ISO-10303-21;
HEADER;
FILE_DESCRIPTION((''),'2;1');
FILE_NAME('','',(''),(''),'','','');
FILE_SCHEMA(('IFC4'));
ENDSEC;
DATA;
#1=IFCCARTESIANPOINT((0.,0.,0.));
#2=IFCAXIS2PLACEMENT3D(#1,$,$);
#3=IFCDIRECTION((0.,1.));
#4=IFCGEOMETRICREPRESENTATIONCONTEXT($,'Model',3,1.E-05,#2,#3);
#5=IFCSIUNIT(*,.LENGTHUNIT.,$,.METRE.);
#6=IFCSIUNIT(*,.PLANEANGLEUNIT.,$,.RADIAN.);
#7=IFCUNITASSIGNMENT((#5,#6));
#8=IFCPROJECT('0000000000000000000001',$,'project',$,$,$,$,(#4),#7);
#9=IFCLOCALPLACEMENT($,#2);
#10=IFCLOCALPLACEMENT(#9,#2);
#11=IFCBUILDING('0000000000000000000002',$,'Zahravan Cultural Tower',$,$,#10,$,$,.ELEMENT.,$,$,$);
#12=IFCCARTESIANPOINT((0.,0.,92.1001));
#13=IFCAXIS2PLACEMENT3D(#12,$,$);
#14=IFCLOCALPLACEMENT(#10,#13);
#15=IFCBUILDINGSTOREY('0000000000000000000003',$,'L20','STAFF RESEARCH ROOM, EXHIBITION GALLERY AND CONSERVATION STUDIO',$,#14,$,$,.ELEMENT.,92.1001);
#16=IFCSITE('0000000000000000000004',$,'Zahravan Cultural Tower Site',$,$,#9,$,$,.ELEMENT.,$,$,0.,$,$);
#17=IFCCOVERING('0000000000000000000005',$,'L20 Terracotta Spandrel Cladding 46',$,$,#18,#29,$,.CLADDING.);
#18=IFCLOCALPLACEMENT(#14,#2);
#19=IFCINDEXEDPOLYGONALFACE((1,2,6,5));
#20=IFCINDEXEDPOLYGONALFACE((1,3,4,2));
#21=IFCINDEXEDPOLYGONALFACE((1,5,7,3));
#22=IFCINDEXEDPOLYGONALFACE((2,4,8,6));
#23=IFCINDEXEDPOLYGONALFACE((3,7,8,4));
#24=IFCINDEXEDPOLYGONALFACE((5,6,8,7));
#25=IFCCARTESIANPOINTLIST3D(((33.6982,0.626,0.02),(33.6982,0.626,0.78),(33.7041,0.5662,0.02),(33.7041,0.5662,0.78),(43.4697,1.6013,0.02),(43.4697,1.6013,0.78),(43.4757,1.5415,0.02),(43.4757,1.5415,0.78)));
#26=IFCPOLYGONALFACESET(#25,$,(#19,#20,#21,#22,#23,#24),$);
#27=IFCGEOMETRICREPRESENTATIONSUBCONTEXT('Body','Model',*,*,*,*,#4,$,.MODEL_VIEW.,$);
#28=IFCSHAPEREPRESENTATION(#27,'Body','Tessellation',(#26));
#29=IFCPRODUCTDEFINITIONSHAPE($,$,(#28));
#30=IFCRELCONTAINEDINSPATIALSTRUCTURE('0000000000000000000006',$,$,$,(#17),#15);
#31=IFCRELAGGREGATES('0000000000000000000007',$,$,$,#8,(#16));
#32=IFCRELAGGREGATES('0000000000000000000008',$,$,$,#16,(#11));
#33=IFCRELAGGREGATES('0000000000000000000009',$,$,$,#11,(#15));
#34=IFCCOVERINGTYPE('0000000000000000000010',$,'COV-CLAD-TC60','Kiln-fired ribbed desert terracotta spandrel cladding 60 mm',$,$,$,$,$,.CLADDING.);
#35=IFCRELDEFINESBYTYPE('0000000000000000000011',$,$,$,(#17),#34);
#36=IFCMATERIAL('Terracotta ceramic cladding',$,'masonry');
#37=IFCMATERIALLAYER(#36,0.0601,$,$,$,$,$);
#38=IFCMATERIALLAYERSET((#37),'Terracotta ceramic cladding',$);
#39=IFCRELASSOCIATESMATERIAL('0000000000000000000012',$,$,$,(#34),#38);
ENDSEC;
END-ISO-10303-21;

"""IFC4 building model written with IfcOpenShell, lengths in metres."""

from ifc_helpers import new_model, si_unit, direction, frame, origin, origin_2d, place, context, subcontext, project, spatial, rectangle, extrude, source, transform, mapped, material, layer, layer_set, type_object, element, save


model = new_model("IFC4")

# Units and contexts
model_context = context("Model", 3, precision=1e-05, world=origin(), true_north=direction((0.0, 1.0)))
body_context = subcontext(model_context, "Body", "Model", "MODEL_VIEW")
ifc_project = project(units=[si_unit("LENGTHUNIT", "METRE"), si_unit("PLANEANGLEUNIT", "RADIAN")], contexts=[model_context])

# Site, building, storey
site_placement = place(None, origin())
site = spatial("IfcSite", under=ifc_project, at=site_placement, Name="Zahravan Cultural Tower Site", CompositionType="ELEMENT", RefElevation=0.0)
building_placement = place(site_placement, origin())
building = spatial("IfcBuilding", under=site, at=building_placement, Name="Zahravan Cultural Tower", CompositionType="ELEMENT")
storey_placement = place(building_placement, frame((0.0, 0.0, 92.1001)))
storey = spatial("IfcBuildingStorey", under=building, at=storey_placement, Name="L20", Description="STAFF RESEARCH ROOM, EXHIBITION GALLERY AND CONSERVATION STUDIO", CompositionType="ELEMENT", Elevation=92.1001)

# Covering
ifc_material_1 = material(Name="Terracotta ceramic cladding", Category="masonry")
ifc_layer_1 = layer(ifc_material_1, 0.0601)
ifc_layer_set_1 = layer_set([ifc_layer_1], Name="Terracotta ceramic cladding")
covering_type = type_object("IfcCoveringType", Name="COV-CLAD-TC60", Description="Kiln-fired ribbed desert terracotta spandrel cladding 60 mm", PredefinedType="CLADDING", material=ifc_layer_set_1)
shared_shape_1 = source(origin(), body_context, "Body", "SweptSolid", [
    extrude(rectangle(XDim=9.8201, YDim=0.0601, at=origin_2d()), origin(), (0.0, 0.0, 1.0), 0.76),
])
covering_placement = place(storey_placement, frame((38.5869, 1.0837, 0.02), z_axis=(0.0, 0.0, 1.0), x_axis=(-0.995056, -0.09932, 0.0)))
element("IfcCovering", 1, at=covering_placement, inside=storey, type_object=covering_type, Name="L20 Terracotta Spandrel Cladding 46", PredefinedType="CLADDING", context=body_context, shape_type="MappedRepresentation", body=[
    mapped(shared_shape_1, transform((0.0, 0.0, 0.0), x_axis=(1.0, 0.0, 0.0), y_axis=(0.0, 1.0, 0.0), z_axis=(0.0, 0.0, 1.0), scale=1.0)),
])

save(model, "model.ifc")
